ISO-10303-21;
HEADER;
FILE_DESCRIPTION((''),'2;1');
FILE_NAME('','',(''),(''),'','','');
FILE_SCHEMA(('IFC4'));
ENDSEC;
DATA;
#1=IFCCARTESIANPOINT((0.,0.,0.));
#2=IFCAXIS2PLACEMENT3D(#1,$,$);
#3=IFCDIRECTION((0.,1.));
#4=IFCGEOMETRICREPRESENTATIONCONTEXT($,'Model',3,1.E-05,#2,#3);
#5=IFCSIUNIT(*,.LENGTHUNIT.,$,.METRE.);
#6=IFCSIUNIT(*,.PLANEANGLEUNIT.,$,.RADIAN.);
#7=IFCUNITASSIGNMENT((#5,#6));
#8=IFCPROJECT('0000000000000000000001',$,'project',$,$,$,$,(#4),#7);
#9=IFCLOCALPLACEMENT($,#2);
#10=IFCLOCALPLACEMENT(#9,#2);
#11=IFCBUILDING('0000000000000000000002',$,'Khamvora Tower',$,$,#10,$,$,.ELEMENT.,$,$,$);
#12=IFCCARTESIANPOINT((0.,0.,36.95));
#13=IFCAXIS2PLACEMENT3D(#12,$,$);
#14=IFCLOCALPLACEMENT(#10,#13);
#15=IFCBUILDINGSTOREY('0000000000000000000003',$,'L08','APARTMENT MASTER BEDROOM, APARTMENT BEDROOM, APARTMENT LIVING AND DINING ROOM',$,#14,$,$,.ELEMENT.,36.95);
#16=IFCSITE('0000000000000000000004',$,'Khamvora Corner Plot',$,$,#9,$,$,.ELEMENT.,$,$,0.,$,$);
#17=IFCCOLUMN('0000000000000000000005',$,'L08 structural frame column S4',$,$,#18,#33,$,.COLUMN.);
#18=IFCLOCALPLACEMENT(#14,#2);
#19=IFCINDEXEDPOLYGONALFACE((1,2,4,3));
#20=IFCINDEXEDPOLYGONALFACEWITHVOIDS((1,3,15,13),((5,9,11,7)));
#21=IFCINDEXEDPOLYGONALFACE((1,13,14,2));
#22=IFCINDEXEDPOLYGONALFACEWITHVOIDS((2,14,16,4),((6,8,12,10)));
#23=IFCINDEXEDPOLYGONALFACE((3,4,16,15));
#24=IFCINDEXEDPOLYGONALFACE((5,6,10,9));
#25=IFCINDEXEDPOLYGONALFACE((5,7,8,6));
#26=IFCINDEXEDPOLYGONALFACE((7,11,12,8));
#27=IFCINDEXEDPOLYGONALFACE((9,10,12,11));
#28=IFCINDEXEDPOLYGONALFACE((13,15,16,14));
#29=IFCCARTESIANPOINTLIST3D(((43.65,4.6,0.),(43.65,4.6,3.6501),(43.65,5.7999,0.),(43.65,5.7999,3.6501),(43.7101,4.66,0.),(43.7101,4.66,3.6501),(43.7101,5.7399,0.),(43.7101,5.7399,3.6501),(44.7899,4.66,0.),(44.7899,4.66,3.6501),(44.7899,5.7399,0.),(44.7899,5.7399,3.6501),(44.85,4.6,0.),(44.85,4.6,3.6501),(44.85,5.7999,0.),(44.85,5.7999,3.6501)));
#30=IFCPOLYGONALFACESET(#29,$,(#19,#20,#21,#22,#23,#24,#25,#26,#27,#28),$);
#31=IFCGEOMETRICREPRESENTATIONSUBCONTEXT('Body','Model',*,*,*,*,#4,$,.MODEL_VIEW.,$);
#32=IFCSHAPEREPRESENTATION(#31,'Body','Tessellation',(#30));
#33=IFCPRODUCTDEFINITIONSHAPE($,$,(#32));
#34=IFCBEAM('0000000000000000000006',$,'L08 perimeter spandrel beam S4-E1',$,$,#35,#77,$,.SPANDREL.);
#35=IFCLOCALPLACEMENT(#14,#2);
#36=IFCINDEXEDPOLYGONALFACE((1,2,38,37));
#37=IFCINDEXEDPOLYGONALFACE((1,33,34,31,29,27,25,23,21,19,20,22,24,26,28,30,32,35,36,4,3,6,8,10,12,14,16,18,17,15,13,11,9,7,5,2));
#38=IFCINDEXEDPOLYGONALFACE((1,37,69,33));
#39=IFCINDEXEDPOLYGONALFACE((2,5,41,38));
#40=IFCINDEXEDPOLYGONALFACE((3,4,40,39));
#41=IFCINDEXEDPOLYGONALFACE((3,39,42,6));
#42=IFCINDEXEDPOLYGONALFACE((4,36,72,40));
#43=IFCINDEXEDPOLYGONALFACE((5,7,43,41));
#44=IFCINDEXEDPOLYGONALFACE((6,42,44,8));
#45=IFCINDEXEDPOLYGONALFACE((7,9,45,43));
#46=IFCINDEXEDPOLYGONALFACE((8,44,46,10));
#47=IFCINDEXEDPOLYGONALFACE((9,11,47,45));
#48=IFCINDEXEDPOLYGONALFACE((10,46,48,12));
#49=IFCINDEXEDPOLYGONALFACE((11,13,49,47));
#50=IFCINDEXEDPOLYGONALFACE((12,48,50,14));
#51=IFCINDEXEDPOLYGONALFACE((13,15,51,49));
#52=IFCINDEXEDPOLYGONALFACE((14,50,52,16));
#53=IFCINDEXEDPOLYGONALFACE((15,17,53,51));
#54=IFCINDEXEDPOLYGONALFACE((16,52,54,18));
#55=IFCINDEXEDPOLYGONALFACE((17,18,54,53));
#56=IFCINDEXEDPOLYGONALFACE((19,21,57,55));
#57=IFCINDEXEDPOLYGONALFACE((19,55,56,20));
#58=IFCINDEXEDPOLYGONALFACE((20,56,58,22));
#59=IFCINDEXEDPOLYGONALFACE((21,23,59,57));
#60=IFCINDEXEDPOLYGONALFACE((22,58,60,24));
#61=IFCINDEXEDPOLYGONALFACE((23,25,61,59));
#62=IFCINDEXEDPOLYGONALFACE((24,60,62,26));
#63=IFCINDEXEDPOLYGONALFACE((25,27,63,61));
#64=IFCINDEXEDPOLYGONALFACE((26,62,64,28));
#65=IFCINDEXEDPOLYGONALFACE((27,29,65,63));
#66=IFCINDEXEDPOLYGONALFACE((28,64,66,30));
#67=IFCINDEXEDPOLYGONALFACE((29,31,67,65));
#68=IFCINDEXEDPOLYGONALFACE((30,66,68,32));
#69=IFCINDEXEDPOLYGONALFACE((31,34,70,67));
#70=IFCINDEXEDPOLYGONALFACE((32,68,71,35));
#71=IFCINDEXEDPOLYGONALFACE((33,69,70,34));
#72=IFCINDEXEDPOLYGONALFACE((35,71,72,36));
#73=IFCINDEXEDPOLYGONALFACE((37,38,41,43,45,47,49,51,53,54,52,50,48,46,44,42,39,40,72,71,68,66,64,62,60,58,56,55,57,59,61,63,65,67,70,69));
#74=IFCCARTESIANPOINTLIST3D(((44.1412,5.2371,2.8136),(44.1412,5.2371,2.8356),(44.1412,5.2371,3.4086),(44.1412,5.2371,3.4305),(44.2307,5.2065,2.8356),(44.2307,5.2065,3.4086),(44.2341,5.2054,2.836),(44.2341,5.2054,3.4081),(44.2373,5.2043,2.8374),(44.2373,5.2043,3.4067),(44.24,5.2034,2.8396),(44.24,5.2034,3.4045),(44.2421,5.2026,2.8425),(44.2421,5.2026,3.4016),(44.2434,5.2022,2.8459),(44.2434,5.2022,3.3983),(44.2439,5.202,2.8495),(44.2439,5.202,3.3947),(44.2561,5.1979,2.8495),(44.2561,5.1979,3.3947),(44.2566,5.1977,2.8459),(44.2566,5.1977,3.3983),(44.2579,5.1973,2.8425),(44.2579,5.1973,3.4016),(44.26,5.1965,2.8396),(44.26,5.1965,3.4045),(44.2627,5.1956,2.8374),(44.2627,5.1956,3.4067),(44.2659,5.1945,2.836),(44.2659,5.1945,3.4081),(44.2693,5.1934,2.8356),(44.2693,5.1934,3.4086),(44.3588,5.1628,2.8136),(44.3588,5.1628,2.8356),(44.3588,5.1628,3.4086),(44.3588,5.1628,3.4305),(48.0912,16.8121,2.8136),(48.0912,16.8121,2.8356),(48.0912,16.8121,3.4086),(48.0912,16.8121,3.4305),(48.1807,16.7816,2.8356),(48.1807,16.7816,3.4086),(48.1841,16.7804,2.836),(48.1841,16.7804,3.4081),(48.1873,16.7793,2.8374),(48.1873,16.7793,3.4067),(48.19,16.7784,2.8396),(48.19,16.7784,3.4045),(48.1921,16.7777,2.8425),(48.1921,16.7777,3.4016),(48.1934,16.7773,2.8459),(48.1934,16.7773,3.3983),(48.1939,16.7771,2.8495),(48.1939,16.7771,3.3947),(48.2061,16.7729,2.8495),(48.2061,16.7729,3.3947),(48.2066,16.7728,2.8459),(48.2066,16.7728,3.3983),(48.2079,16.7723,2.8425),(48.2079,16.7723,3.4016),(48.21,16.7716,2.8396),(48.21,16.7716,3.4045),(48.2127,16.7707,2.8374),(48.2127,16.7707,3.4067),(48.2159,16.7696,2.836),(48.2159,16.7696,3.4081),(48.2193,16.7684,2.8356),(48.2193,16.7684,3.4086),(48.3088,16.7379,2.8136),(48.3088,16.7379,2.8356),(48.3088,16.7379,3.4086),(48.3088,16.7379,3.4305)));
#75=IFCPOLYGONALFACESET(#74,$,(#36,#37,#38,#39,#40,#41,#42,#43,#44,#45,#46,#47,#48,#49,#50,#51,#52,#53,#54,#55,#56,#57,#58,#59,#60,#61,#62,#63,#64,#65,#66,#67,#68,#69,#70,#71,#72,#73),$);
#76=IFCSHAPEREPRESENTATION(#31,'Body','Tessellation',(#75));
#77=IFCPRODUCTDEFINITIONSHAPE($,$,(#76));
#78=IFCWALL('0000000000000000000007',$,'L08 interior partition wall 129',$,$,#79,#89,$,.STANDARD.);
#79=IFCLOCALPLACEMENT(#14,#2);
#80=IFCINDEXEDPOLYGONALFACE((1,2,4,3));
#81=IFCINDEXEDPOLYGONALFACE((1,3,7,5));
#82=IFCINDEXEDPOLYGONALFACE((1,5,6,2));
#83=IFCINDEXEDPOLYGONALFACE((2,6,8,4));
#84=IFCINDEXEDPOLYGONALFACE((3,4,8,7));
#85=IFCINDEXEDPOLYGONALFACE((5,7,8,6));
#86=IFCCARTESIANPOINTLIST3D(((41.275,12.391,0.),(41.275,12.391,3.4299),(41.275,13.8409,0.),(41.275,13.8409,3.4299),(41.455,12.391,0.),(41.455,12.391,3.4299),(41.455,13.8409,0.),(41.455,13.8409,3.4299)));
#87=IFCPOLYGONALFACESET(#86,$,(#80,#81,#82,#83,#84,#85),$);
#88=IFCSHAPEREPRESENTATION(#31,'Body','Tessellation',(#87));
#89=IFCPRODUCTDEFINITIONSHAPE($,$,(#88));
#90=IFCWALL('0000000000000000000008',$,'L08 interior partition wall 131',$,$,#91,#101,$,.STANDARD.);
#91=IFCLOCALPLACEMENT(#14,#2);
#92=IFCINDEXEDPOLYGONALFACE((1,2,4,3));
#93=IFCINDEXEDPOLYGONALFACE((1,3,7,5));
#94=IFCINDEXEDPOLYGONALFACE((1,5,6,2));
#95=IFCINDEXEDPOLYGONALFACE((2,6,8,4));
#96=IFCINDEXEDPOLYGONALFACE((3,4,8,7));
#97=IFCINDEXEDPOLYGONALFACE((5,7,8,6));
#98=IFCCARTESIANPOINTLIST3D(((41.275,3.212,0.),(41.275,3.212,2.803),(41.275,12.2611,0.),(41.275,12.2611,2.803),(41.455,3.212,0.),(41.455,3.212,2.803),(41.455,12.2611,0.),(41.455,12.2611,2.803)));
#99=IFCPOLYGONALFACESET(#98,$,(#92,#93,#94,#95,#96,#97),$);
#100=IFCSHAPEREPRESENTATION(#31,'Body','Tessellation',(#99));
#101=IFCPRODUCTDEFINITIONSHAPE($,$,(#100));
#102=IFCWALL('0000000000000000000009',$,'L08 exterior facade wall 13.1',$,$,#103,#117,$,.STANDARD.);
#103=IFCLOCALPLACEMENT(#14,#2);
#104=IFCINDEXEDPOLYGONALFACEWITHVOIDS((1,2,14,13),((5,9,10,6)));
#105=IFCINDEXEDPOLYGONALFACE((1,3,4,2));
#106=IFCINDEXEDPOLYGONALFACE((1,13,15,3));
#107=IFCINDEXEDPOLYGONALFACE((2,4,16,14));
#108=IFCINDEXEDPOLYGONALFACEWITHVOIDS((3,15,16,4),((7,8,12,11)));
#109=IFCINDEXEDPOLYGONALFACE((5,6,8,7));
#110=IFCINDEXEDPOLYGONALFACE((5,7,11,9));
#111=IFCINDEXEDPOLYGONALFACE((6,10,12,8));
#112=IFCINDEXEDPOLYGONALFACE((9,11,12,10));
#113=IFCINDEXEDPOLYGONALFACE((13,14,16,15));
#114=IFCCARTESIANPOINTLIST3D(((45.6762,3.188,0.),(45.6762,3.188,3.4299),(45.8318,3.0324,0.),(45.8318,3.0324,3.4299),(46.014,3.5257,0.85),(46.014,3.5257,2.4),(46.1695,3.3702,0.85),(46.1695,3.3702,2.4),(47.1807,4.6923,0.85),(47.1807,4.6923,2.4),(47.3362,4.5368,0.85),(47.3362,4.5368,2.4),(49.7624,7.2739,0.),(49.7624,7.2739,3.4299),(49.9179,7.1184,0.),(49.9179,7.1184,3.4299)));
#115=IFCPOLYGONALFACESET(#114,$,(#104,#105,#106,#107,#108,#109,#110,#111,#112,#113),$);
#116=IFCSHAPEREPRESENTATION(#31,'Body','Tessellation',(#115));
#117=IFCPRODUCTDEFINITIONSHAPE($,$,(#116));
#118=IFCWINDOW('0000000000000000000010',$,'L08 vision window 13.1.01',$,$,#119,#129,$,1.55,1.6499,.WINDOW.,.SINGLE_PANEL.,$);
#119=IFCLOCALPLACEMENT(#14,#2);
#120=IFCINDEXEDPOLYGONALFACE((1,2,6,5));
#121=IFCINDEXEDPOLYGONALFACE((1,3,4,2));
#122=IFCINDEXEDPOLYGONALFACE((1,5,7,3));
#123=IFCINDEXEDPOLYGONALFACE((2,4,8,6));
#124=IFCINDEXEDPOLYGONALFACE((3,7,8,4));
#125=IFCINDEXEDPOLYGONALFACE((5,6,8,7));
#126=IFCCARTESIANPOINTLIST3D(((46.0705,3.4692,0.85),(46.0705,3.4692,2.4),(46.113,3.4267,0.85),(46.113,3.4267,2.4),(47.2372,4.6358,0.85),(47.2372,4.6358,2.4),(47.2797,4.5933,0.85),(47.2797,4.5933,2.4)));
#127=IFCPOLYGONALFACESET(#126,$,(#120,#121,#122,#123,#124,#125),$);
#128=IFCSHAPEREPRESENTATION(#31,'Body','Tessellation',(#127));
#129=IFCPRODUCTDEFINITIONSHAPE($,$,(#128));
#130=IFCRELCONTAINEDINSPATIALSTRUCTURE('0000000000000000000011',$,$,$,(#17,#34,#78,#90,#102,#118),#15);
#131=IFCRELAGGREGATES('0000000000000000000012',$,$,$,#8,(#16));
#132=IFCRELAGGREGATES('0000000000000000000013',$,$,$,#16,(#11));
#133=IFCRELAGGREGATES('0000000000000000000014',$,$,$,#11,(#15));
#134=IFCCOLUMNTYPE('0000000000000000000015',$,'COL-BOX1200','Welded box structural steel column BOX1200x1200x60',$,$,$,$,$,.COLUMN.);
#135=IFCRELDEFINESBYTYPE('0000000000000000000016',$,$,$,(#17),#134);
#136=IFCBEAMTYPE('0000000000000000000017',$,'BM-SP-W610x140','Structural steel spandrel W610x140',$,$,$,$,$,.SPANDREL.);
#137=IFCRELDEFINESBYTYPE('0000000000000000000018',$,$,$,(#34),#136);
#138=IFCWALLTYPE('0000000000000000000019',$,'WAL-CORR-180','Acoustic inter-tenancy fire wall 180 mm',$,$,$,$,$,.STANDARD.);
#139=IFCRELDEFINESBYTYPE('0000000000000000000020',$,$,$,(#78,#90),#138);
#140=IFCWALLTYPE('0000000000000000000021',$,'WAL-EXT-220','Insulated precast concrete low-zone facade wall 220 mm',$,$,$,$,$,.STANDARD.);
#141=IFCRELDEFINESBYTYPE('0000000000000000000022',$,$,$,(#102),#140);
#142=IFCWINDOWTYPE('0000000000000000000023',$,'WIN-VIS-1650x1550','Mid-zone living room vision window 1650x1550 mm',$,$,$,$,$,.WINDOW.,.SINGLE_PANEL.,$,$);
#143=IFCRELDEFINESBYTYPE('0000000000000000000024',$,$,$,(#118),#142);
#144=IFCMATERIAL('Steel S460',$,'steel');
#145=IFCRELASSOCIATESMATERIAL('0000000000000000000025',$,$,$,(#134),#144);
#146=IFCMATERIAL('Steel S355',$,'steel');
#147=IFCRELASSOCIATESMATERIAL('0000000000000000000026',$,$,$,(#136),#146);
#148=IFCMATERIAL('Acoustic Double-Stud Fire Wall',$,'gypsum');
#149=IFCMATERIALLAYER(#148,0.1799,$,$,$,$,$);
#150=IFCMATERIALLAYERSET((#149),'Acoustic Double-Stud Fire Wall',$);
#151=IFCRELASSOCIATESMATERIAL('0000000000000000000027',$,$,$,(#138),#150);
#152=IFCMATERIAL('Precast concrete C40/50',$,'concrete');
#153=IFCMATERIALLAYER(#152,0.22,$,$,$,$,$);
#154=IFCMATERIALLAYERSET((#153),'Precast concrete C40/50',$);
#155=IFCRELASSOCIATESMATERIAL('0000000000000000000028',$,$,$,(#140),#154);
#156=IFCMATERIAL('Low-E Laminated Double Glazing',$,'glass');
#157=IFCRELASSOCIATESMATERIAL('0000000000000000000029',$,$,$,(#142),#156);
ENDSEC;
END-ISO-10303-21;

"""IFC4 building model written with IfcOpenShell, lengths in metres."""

from ifc_helpers import new_model, si_unit, direction, frame, frame_2d, origin, origin_2d, place, context, subcontext, project, spatial, rectangle, hollow_rectangle, i_section, extrude, material, layer, layer_set, material_profile, profile_set, type_object, element, fill, save


model = new_model("IFC4")

# Units and contexts
model_context = context("Model", 3, precision=1e-05, world=origin(), true_north=direction((0.0, 1.0)))
body_context = subcontext(model_context, "Body", "Model", "MODEL_VIEW")
ifc_project = project(units=[si_unit("LENGTHUNIT", "METRE"), si_unit("PLANEANGLEUNIT", "RADIAN")], contexts=[model_context])

# Site, building, storey
site_placement = place(None, origin())
site = spatial("IfcSite", under=ifc_project, at=site_placement, Name="Khamvora Corner Plot", CompositionType="ELEMENT", RefElevation=0.0)
building_placement = place(site_placement, origin())
building = spatial("IfcBuilding", under=site, at=building_placement, Name="Khamvora Tower", CompositionType="ELEMENT")
storey_placement = place(building_placement, frame((0.0, 0.0, 36.95)))
storey = spatial("IfcBuildingStorey", under=building, at=storey_placement, Name="L08", Description="APARTMENT MASTER BEDROOM, APARTMENT BEDROOM, APARTMENT LIVING AND DINING ROOM", CompositionType="ELEMENT", Elevation=36.95)

# Column
ifc_material_1 = material(Name="Steel S460", Category="steel")
ifc_material_profile_1 = material_profile(ifc_material_1, hollow_rectangle(XDim=1.2, YDim=1.2, WallThickness=0.0601, at=origin_2d()), Name="BOX1200x1200x60")
ifc_profile_set_1 = profile_set([ifc_material_profile_1], Name="Steel S460")
column_type = type_object("IfcColumnType", Name="COL-BOX1200", Description="Welded box structural steel column BOX1200x1200x60", PredefinedType="COLUMN", material=ifc_profile_set_1)
column_placement = place(storey_placement, frame((44.25, 5.2, 0.0), z_axis=(0.0, 0.0, 1.0), x_axis=(1.0, 0.0, 0.0)))
element("IfcColumn", 1, at=column_placement, inside=storey, type_object=column_type, Name="L08 structural frame column S4", PredefinedType="COLUMN", context=body_context, shape_type="SweptSolid", body=[
    extrude(hollow_rectangle(XDim=1.2, YDim=1.2, WallThickness=0.0601, at=origin_2d()), origin(), (0.0, 0.0, 1.0), 3.6501),
])

# Beam
ifc_material_2 = material(Name="Steel S355", Category="steel")
ifc_material_profile_2 = material_profile(ifc_material_2, i_section(OverallWidth=0.23, OverallDepth=0.6169, WebThickness=0.0129, FlangeThickness=0.022, FilletRadius=0.0139, at=origin_2d()), Name="W610x140")
ifc_profile_set_2 = profile_set([ifc_material_profile_2], Name="Steel S355")
beam_type = type_object("IfcBeamType", Name="BM-SP-W610x140", Description="Structural steel spandrel W610x140", PredefinedType="SPANDREL", material=ifc_profile_set_2)
beam_placement = place(storey_placement, frame((44.25, 5.2, 3.1221), z_axis=(0.322963, 0.946412, 0.0), x_axis=(-0.946412, 0.322963, 0.0)))
element("IfcBeam", 2, at=beam_placement, inside=storey, type_object=beam_type, Name="L08 perimeter spandrel beam S4-E1", PredefinedType="SPANDREL", context=body_context, shape_type="SweptSolid", body=[
    extrude(i_section(OverallWidth=0.23, OverallDepth=0.6169, WebThickness=0.0129, FlangeThickness=0.022, FilletRadius=0.0139, at=origin_2d()), origin(), (0.0, 0.0, 1.0), 12.2305),
])

# Walls
ifc_material_3 = material(Name="Acoustic Double-Stud Fire Wall", Category="gypsum")
ifc_layer_1 = layer(ifc_material_3, 0.1799)
ifc_layer_set_1 = layer_set([ifc_layer_1], Name="Acoustic Double-Stud Fire Wall")
wall_type_1 = type_object("IfcWallType", Name="WAL-CORR-180", Description="Acoustic inter-tenancy fire wall 180 mm", PredefinedType="STANDARD", material=ifc_layer_set_1)
wall_1_placement = place(storey_placement, frame((41.365, 13.8411, 0.0), z_axis=(0.0, 0.0, 1.0), x_axis=(0.0, -1.0, 0.0)))
element("IfcWall", 3, at=wall_1_placement, inside=storey, type_object=wall_type_1, Name="L08 interior partition wall 129", PredefinedType="STANDARD", context=body_context, shape_type="SweptSolid", body=[
    extrude(rectangle(XDim=1.45, YDim=0.1799, at=frame_2d((0.7251, 0.0))), origin(), (0.0, 0.0, 1.0), 3.4299),
])
wall_2_placement = place(storey_placement, frame((41.365, 12.261, 0.0), z_axis=(0.0, 0.0, 1.0), x_axis=(0.0, -1.0, 0.0)))
element("IfcWall", 4, at=wall_2_placement, inside=storey, type_object=wall_type_1, Name="L08 interior partition wall 131", PredefinedType="STANDARD", context=body_context, shape_type="SweptSolid", body=[
    extrude(rectangle(XDim=9.0491, YDim=0.1799, at=frame_2d((4.5244, 0.0))), origin(), (0.0, 0.0, 1.0), 2.803),
])

# Wall, opening, window
ifc_material_4 = material(Name="Precast concrete C40/50", Category="concrete")
ifc_layer_2 = layer(ifc_material_4, 0.22)
ifc_layer_set_2 = layer_set([ifc_layer_2], Name="Precast concrete C40/50")
wall_type_2 = type_object("IfcWallType", Name="WAL-EXT-220", Description="Insulated precast concrete low-zone facade wall 220 mm", PredefinedType="STANDARD", material=ifc_layer_set_2)
wall_3_placement = place(storey_placement, frame((49.8401, 7.196, 0.0), z_axis=(0.0, 0.0, 1.0), x_axis=(-0.707128, -0.707086, 0.0)))
wall_3 = element("IfcWall", 5, at=wall_3_placement, inside=storey, type_object=wall_type_2, Name="L08 exterior facade wall 13.1", PredefinedType="STANDARD", context=body_context, shape_type="SweptSolid", body=[
    extrude(rectangle(XDim=5.7786, YDim=0.22, at=frame_2d((2.8892, 0.0))), origin(), (0.0, 0.0, 1.0), 3.4299),
])
opening_1_placement = place(wall_3_placement, frame((3.6509, 0.0, 0.8501)))
opening_1 = element("IfcOpeningElement", 6, at=opening_1_placement, cuts=wall_3, PredefinedType="OPENING", context=body_context, shape_type="SweptSolid", body=[
    extrude(rectangle(XDim=1.6499, YDim=1.55, at=frame_2d((0.825, 0.7749))), frame((0.0, 0.1199, 0.0), z_axis=(0.0, -1.0, 0.0), x_axis=(1.0, 0.0, 0.0)), (0.0, 0.0, 1.0), 0.24),
])
ifc_material_5 = material(Name="Low-E Laminated Double Glazing", Category="glass")
window_type_1 = type_object("IfcWindowType", Name="WIN-VIS-1650x1550", Description="Mid-zone living room vision window 1650x1550 mm", PartitioningType="SINGLE_PANEL", PredefinedType="WINDOW", material=ifc_material_5)
window_1_placement = place(opening_1_placement, origin())
window_1 = element("IfcWindow", 7, at=window_1_placement, inside=storey, type_object=window_type_1, Name="L08 vision window 13.1.01", OverallHeight=1.55, OverallWidth=1.6499, PartitioningType="SINGLE_PANEL", PredefinedType="WINDOW", context=body_context, shape_type="SweptSolid", body=[
    extrude(rectangle(XDim=1.6499, YDim=1.55, at=frame_2d((0.825, 0.7749))), frame((0.0, 0.03, 0.0), z_axis=(0.0, -1.0, 0.0), x_axis=(1.0, 0.0, 0.0)), (0.0, 0.0, 1.0), 0.0601),
])
fill(opening_1, window_1)

save(model, "model.ifc")
